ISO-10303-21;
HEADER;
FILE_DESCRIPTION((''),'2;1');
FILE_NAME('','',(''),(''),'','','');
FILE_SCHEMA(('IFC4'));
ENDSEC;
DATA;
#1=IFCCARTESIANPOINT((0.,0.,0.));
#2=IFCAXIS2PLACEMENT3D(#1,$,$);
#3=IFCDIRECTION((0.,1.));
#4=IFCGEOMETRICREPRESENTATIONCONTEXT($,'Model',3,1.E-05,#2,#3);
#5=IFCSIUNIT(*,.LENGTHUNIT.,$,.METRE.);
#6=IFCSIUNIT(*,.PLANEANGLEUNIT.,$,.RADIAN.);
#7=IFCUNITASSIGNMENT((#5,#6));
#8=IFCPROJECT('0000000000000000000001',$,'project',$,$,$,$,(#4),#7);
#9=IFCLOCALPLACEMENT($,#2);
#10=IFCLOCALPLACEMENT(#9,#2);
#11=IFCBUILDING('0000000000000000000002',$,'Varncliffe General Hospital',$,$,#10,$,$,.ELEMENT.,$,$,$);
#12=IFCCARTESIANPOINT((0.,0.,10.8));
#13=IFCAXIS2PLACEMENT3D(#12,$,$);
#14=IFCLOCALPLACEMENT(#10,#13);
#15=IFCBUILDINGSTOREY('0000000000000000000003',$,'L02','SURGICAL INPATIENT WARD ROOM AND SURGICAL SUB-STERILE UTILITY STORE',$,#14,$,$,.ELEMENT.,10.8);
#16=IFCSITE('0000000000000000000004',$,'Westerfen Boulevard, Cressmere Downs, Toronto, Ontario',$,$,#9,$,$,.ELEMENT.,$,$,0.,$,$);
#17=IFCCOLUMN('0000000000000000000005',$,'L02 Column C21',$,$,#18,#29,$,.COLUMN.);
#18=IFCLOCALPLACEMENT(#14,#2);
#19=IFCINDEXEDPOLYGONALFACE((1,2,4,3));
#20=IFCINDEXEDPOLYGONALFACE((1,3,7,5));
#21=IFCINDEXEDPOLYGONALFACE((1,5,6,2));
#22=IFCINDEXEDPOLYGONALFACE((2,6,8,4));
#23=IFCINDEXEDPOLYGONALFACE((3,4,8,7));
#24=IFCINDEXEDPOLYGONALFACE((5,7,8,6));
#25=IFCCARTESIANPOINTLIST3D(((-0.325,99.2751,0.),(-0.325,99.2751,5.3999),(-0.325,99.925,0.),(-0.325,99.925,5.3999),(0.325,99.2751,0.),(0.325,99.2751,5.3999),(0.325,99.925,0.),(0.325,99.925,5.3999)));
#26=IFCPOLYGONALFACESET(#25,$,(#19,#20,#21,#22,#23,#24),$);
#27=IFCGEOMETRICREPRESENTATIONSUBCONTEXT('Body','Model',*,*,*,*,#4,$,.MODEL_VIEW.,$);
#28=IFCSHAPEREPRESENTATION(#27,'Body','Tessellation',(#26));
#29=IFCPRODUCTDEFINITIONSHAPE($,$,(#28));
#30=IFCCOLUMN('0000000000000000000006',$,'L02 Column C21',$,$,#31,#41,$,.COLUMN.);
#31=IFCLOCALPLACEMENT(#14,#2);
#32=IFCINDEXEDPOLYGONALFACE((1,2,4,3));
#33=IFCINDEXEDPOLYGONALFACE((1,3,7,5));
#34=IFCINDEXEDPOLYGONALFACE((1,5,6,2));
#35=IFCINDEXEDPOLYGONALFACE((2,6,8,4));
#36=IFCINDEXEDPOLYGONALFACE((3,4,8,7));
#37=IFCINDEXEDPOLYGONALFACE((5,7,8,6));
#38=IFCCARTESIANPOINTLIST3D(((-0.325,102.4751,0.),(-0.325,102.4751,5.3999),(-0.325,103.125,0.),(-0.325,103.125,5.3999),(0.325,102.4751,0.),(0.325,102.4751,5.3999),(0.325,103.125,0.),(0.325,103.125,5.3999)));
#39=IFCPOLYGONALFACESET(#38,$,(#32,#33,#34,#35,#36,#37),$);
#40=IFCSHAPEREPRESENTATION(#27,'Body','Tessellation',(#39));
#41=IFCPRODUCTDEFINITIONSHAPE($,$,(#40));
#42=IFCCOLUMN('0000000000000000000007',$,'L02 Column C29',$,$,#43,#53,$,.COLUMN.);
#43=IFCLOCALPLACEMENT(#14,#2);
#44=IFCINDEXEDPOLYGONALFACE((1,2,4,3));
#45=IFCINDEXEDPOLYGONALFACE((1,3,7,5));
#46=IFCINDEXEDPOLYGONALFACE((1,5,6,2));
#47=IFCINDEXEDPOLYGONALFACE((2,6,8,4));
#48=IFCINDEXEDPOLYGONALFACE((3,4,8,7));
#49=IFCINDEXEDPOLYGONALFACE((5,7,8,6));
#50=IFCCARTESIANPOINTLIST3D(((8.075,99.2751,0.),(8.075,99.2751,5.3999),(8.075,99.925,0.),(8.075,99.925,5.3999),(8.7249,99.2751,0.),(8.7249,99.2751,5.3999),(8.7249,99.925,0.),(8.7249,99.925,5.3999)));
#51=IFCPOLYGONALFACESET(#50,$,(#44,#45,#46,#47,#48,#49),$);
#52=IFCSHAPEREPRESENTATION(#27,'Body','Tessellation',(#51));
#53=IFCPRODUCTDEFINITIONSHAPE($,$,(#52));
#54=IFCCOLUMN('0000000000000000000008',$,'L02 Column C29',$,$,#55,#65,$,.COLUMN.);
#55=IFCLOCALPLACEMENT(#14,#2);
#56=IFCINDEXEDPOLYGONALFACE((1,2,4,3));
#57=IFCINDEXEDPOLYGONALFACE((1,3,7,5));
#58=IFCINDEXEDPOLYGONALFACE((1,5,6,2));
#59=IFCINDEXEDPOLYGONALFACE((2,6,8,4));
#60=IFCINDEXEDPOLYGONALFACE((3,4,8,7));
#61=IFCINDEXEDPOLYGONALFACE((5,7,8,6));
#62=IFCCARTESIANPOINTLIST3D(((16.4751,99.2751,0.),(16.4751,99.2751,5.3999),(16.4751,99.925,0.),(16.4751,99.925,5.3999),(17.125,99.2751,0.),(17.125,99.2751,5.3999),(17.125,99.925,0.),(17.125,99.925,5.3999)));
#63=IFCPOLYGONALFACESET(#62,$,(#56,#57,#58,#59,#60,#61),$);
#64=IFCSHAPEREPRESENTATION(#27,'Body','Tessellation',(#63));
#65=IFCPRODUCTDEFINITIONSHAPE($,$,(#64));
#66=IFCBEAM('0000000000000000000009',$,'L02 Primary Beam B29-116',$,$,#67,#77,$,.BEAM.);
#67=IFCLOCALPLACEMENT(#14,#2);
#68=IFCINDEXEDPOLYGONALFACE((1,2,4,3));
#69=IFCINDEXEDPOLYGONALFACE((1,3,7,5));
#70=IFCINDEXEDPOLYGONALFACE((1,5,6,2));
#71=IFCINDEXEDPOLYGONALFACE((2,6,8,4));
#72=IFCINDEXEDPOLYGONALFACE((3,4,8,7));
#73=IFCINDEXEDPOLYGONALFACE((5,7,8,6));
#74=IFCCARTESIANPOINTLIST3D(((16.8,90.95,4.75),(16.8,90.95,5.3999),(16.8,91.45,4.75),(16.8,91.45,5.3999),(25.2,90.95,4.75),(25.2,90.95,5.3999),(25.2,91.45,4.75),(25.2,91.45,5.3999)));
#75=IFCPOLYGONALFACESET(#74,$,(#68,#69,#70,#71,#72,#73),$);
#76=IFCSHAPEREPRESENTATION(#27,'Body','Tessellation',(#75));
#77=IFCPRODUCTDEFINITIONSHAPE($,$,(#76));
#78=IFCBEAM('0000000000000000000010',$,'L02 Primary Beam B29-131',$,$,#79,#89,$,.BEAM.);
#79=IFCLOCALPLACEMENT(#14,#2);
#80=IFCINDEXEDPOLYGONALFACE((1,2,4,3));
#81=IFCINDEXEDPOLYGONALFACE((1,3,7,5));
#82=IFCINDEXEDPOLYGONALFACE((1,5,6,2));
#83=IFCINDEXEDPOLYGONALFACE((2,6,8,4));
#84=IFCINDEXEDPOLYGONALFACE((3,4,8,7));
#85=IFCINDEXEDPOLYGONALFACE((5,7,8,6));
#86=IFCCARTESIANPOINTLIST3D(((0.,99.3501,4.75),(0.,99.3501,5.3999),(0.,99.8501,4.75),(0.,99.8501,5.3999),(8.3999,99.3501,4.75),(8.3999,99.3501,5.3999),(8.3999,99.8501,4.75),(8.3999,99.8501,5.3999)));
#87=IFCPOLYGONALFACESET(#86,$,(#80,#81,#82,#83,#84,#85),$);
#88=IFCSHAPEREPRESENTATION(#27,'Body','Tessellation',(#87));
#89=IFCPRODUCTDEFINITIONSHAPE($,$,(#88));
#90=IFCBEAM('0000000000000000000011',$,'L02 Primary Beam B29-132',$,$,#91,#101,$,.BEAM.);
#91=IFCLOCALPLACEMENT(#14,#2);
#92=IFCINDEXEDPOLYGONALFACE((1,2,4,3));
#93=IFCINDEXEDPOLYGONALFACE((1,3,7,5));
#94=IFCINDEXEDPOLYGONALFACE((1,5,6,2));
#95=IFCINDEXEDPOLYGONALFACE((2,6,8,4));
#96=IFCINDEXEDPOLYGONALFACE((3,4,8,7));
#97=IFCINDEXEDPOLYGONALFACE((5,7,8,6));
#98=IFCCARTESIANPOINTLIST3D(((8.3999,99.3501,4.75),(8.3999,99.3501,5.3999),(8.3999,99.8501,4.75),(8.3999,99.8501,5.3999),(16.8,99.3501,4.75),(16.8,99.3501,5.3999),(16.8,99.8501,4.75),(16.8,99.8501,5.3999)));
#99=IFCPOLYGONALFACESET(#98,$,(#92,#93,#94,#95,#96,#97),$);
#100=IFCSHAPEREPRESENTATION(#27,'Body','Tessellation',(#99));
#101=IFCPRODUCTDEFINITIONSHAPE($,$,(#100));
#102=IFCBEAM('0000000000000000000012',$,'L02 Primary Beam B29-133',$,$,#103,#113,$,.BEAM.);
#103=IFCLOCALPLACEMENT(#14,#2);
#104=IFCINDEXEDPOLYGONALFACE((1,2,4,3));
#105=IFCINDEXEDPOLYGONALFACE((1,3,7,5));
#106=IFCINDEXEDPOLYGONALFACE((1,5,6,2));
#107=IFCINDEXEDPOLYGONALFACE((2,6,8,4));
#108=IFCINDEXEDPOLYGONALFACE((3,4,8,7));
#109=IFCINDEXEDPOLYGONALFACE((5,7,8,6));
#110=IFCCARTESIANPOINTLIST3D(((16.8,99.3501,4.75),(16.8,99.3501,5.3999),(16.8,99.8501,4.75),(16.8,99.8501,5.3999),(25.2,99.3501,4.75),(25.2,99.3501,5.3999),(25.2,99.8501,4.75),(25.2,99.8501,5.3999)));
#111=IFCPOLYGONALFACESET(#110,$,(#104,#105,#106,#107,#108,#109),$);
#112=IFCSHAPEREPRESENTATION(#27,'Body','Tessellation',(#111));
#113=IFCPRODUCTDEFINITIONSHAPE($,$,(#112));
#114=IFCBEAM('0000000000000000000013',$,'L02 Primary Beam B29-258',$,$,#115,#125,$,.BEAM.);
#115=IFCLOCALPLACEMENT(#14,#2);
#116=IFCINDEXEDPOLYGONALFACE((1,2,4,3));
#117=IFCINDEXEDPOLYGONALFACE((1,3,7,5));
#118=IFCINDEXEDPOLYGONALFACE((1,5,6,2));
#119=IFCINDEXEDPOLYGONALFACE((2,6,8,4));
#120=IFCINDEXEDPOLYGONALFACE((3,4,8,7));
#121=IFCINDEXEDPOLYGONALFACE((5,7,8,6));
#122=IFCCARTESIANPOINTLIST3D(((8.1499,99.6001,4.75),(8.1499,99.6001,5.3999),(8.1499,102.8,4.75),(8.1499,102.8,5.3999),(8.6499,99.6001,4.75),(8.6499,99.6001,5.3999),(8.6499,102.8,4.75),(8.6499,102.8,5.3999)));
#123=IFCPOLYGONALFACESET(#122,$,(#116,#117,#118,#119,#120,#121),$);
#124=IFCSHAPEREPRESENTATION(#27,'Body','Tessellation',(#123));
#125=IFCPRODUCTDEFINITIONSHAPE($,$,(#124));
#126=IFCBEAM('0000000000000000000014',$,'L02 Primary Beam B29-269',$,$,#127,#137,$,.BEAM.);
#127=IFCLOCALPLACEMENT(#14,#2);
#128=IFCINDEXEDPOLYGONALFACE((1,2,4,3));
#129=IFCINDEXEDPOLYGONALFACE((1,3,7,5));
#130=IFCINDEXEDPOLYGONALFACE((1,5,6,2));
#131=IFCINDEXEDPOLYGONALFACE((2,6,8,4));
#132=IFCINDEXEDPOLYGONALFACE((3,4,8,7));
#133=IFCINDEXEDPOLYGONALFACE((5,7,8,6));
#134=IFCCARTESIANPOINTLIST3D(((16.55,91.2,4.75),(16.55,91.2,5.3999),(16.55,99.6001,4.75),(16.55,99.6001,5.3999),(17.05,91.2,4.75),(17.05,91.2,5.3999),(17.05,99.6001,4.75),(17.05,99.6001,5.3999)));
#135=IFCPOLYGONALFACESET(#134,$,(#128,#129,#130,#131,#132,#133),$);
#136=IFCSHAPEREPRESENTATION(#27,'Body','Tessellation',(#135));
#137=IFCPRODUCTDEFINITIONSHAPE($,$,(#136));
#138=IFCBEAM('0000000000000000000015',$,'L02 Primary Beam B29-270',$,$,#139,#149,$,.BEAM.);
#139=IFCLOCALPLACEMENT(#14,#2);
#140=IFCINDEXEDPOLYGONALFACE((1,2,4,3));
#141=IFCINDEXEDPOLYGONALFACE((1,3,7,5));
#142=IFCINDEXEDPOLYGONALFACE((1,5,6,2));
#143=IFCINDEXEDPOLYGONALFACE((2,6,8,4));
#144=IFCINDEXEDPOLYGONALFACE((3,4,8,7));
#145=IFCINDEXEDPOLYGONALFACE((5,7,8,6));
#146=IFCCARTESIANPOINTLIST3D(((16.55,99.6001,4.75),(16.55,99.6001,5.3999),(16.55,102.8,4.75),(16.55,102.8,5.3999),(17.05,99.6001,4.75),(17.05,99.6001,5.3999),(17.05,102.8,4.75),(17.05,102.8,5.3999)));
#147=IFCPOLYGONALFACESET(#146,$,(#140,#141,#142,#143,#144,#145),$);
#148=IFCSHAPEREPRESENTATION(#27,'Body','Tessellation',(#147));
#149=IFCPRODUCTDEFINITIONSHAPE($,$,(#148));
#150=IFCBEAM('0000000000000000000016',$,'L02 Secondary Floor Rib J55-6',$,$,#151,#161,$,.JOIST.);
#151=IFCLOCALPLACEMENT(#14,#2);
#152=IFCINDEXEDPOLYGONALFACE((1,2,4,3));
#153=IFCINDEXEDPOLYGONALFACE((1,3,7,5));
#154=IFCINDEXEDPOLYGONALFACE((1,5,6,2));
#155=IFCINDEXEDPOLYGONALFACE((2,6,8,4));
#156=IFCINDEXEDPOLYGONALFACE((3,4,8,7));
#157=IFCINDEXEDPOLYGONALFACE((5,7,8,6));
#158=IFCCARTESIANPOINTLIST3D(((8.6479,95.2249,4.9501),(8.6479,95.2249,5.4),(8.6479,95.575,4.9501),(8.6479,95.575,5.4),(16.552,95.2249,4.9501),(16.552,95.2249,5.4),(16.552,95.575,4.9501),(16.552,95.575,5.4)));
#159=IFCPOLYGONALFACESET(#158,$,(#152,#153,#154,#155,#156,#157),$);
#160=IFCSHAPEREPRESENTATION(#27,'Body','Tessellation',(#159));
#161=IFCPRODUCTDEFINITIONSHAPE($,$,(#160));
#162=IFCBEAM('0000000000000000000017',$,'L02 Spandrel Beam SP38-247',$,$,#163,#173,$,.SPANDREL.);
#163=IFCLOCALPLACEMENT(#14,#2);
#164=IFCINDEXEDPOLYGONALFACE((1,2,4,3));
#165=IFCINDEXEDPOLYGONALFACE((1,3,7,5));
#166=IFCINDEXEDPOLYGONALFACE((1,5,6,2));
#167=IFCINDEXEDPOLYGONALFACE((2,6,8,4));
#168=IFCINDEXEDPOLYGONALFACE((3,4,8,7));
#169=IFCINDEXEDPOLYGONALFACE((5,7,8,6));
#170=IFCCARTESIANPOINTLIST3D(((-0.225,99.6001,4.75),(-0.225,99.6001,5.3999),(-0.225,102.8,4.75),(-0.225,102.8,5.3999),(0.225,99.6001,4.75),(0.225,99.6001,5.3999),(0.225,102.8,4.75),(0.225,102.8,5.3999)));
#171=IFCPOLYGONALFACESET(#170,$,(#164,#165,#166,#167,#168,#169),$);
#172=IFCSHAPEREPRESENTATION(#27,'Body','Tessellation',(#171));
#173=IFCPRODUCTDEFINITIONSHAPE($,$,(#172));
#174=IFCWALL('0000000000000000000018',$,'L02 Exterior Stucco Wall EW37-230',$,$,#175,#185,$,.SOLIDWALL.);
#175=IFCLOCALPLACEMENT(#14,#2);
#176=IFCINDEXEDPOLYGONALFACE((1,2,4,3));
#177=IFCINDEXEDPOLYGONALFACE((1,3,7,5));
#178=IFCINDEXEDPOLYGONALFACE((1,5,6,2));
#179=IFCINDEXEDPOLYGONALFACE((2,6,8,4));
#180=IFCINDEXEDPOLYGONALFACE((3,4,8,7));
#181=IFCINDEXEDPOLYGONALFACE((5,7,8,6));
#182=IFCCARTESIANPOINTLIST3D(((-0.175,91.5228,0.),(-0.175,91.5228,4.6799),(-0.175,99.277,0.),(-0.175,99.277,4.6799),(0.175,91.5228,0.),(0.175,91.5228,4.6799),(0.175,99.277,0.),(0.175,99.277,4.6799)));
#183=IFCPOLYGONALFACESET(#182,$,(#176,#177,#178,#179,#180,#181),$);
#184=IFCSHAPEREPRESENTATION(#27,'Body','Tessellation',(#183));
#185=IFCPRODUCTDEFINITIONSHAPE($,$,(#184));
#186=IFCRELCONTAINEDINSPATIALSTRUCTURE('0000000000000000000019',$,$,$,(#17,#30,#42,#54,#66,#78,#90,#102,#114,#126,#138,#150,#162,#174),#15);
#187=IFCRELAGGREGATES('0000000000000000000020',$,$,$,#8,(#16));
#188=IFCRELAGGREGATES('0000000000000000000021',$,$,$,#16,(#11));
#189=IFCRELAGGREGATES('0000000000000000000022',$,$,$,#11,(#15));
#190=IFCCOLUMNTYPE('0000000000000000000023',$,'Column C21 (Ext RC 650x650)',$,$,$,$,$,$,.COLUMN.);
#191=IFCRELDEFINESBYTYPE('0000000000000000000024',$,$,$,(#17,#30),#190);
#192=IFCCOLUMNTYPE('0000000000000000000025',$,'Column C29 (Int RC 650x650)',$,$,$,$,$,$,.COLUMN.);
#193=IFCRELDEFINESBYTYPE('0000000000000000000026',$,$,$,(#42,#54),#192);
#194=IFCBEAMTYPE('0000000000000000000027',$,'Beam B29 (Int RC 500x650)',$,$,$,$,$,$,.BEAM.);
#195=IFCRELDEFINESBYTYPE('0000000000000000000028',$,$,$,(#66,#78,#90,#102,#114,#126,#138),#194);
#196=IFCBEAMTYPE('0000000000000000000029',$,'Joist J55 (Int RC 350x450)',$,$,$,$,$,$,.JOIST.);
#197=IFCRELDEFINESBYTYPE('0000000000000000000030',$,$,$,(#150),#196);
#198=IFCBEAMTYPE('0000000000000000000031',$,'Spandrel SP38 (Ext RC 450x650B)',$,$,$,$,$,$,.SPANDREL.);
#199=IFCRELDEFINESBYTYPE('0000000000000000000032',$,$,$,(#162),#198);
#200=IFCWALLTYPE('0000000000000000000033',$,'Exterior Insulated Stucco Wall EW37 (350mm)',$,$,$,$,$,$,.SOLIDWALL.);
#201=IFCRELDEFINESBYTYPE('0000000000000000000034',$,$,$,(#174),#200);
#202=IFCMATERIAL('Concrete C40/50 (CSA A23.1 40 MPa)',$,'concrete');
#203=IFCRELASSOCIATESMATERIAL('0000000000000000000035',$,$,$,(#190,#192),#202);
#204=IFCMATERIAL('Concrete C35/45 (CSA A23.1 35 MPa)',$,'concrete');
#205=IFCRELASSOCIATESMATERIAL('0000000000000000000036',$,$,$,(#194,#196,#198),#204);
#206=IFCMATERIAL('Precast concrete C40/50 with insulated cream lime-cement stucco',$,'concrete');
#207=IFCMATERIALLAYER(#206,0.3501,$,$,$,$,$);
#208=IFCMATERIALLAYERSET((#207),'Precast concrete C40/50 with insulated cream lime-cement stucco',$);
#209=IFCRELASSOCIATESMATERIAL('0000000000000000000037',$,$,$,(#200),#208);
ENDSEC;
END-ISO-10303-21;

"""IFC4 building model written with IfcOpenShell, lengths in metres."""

from ifc_helpers import new_model, si_unit, direction, frame, frame_2d, origin, origin_2d, place, context, subcontext, project, spatial, rectangle, extrude, material, layer, layer_set, material_profile, profile_set, type_object, element, save


model = new_model("IFC4")

# Units and contexts
model_context = context("Model", 3, precision=1e-05, world=origin(), true_north=direction((0.0, 1.0)))
body_context = subcontext(model_context, "Body", "Model", "MODEL_VIEW")
ifc_project = project(units=[si_unit("LENGTHUNIT", "METRE"), si_unit("PLANEANGLEUNIT", "RADIAN")], contexts=[model_context])

# Site, building, storey
site_placement = place(None, origin())
site = spatial("IfcSite", under=ifc_project, at=site_placement, Name="Westerfen Boulevard, Cressmere Downs, Toronto, Ontario", CompositionType="ELEMENT", RefElevation=0.0)
building_placement = place(site_placement, origin())
building = spatial("IfcBuilding", under=site, at=building_placement, Name="Varncliffe General Hospital", CompositionType="ELEMENT")
storey_placement = place(building_placement, frame((0.0, 0.0, 10.8)))
storey = spatial("IfcBuildingStorey", under=building, at=storey_placement, Name="L02", Description="SURGICAL INPATIENT WARD ROOM AND SURGICAL SUB-STERILE UTILITY STORE", CompositionType="ELEMENT", Elevation=10.8)

# Columns
ifc_material_1 = material(Name="Concrete C40/50 (CSA A23.1 40 MPa)", Category="concrete")
ifc_material_profile_1 = material_profile(ifc_material_1, rectangle(XDim=0.6499, YDim=0.6499, at=origin_2d()), Name="RC 650x650")
ifc_profile_set_1 = profile_set([ifc_material_profile_1], Name="Concrete C40/50 (CSA A23.1 40 MPa)")
column_type_1 = type_object("IfcColumnType", Name="Column C21 (Ext RC 650x650)", PredefinedType="COLUMN", material=ifc_profile_set_1)
for number, where, z_axis, x_axis, name in (
    (1, (0.0, 99.6001, 0.0), (0.0, 0.0, 1.0), (1.0, 0.0, 0.0), "L02 Column C21"),
    (2, (0.0, 102.8, 0.0), (0.0, 0.0, 1.0), (1.0, 0.0, 0.0), "L02 Column C21"),
):
    element("IfcColumn", number, at=place(storey_placement, frame(where, z_axis=z_axis, x_axis=x_axis)), inside=storey, type_object=column_type_1, Name=name, PredefinedType="COLUMN", context=body_context, shape_type="SweptSolid", body=[
        extrude(rectangle(XDim=0.6499, YDim=0.6499, at=origin_2d()), origin(), (0.0, 0.0, 1.0), 5.3999),
    ])
ifc_material_profile_2 = material_profile(ifc_material_1, rectangle(XDim=0.6499, YDim=0.6499, at=origin_2d()), Name="RC 650x650")
ifc_profile_set_2 = profile_set([ifc_material_profile_2], Name="Concrete C40/50 (CSA A23.1 40 MPa)")
column_type_2 = type_object("IfcColumnType", Name="Column C29 (Int RC 650x650)", PredefinedType="COLUMN", material=ifc_profile_set_2)
for number, where, z_axis, x_axis, name in (
    (3, (8.3999, 99.6001, 0.0), (0.0, 0.0, 1.0), (1.0, 0.0, 0.0), "L02 Column C29"),
    (4, (16.8, 99.6001, 0.0), (0.0, 0.0, 1.0), (1.0, 0.0, 0.0), "L02 Column C29"),
):
    element("IfcColumn", number, at=place(storey_placement, frame(where, z_axis=z_axis, x_axis=x_axis)), inside=storey, type_object=column_type_2, Name=name, PredefinedType="COLUMN", context=body_context, shape_type="SweptSolid", body=[
        extrude(rectangle(XDim=0.6499, YDim=0.6499, at=origin_2d()), origin(), (0.0, 0.0, 1.0), 5.3999),
    ])

# Beams
ifc_material_2 = material(Name="Concrete C35/45 (CSA A23.1 35 MPa)", Category="concrete")
ifc_material_profile_3 = material_profile(ifc_material_2, rectangle(XDim=0.5, YDim=0.6499, at=origin_2d()), Name="RC 500x650")
ifc_profile_set_3 = profile_set([ifc_material_profile_3], Name="Concrete C35/45 (CSA A23.1 35 MPa)")
beam_type_1 = type_object("IfcBeamType", Name="Beam B29 (Int RC 500x650)", PredefinedType="BEAM", material=ifc_profile_set_3)
for number, where, z_axis, x_axis, name in (
    (5, (16.8, 91.2, 5.075), (1.0, 0.0, 0.0), (0.0, 1.0, 0.0), "L02 Primary Beam B29-116"),
    (6, (0.0, 99.6001, 5.075), (1.0, 0.0, 0.0), (0.0, 1.0, 0.0), "L02 Primary Beam B29-131"),
):
    element("IfcBeam", number, at=place(storey_placement, frame(where, z_axis=z_axis, x_axis=x_axis)), inside=storey, type_object=beam_type_1, Name=name, PredefinedType="BEAM", context=body_context, shape_type="SweptSolid", body=[
        extrude(rectangle(XDim=0.5, YDim=0.6499, at=origin_2d()), origin(), (0.0, 0.0, 1.0), 8.3999),
    ])
beam_1_placement = place(storey_placement, frame((8.3999, 99.6001, 5.075), z_axis=(1.0, 0.0, 0.0), x_axis=(0.0, 1.0, 0.0)))
element("IfcBeam", 7, at=beam_1_placement, inside=storey, type_object=beam_type_1, Name="L02 Primary Beam B29-132", PredefinedType="BEAM", context=body_context, shape_type="SweptSolid", body=[
    extrude(rectangle(XDim=0.5, YDim=0.6499, at=origin_2d()), origin(), (0.0, 0.0, 1.0), 8.4001),
])
beam_2_placement = place(storey_placement, frame((16.8, 99.6001, 5.075), z_axis=(1.0, 0.0, 0.0), x_axis=(0.0, 1.0, 0.0)))
element("IfcBeam", 8, at=beam_2_placement, inside=storey, type_object=beam_type_1, Name="L02 Primary Beam B29-133", PredefinedType="BEAM", context=body_context, shape_type="SweptSolid", body=[
    extrude(rectangle(XDim=0.5, YDim=0.6499, at=origin_2d()), origin(), (0.0, 0.0, 1.0), 8.3999),
])
beam_3_placement = place(storey_placement, frame((8.3999, 99.6001, 5.075), z_axis=(0.0, 1.0, 0.0), x_axis=(-1.0, 0.0, 0.0)))
element("IfcBeam", 9, at=beam_3_placement, inside=storey, type_object=beam_type_1, Name="L02 Primary Beam B29-258", PredefinedType="BEAM", context=body_context, shape_type="SweptSolid", body=[
    extrude(rectangle(XDim=0.5, YDim=0.6499, at=origin_2d()), origin(), (0.0, 0.0, 1.0), 3.2),
])
beam_4_placement = place(storey_placement, frame((16.8, 91.2, 5.075), z_axis=(0.0, 1.0, 0.0), x_axis=(-1.0, 0.0, 0.0)))
element("IfcBeam", 10, at=beam_4_placement, inside=storey, type_object=beam_type_1, Name="L02 Primary Beam B29-269", PredefinedType="BEAM", context=body_context, shape_type="SweptSolid", body=[
    extrude(rectangle(XDim=0.5, YDim=0.6499, at=origin_2d()), origin(), (0.0, 0.0, 1.0), 8.4001),
])
beam_5_placement = place(storey_placement, frame((16.8, 99.6001, 5.075), z_axis=(0.0, 1.0, 0.0), x_axis=(-1.0, 0.0, 0.0)))
element("IfcBeam", 11, at=beam_5_placement, inside=storey, type_object=beam_type_1, Name="L02 Primary Beam B29-270", PredefinedType="BEAM", context=body_context, shape_type="SweptSolid", body=[
    extrude(rectangle(XDim=0.5, YDim=0.6499, at=origin_2d()), origin(), (0.0, 0.0, 1.0), 3.2),
])
ifc_material_profile_4 = material_profile(ifc_material_2, rectangle(XDim=0.3501, YDim=0.45, at=origin_2d()), Name="RC 350x450")
ifc_profile_set_4 = profile_set([ifc_material_profile_4], Name="Concrete C35/45 (CSA A23.1 35 MPa)")
beam_type_2 = type_object("IfcBeamType", Name="Joist J55 (Int RC 350x450)", PredefinedType="JOIST", material=ifc_profile_set_4)
beam_6_placement = place(storey_placement, frame((8.6479, 95.3999, 5.175), z_axis=(1.0, 0.0, 0.0), x_axis=(0.0, 1.0, 0.0)))
element("IfcBeam", 12, at=beam_6_placement, inside=storey, type_object=beam_type_2, Name="L02 Secondary Floor Rib J55-6", PredefinedType="JOIST", context=body_context, shape_type="SweptSolid", body=[
    extrude(rectangle(XDim=0.3501, YDim=0.45, at=origin_2d()), origin(), (0.0, 0.0, 1.0), 7.9041),
])
ifc_material_profile_5 = material_profile(ifc_material_2, rectangle(XDim=0.45, YDim=0.6499, at=origin_2d()), Name="RC 450x650")
ifc_profile_set_5 = profile_set([ifc_material_profile_5], Name="Concrete C35/45 (CSA A23.1 35 MPa)")
beam_type_3 = type_object("IfcBeamType", Name="Spandrel SP38 (Ext RC 450x650B)", PredefinedType="SPANDREL", material=ifc_profile_set_5)
beam_7_placement = place(storey_placement, frame((0.0, 99.6001, 5.075), z_axis=(0.0, 1.0, 0.0), x_axis=(-1.0, 0.0, 0.0)))
element("IfcBeam", 13, at=beam_7_placement, inside=storey, type_object=beam_type_3, Name="L02 Spandrel Beam SP38-247", PredefinedType="SPANDREL", context=body_context, shape_type="SweptSolid", body=[
    extrude(rectangle(XDim=0.45, YDim=0.6499, at=origin_2d()), origin(), (0.0, 0.0, 1.0), 3.2),
])

# Wall
ifc_material_3 = material(Name="Precast concrete C40/50 with insulated cream lime-cement stucco", Category="concrete")
ifc_layer_1 = layer(ifc_material_3, 0.3501)
ifc_layer_set_1 = layer_set([ifc_layer_1], Name="Precast concrete C40/50 with insulated cream lime-cement stucco")
wall_type_1 = type_object("IfcWallType", Name="Exterior Insulated Stucco Wall EW37 (350mm)", PredefinedType="SOLIDWALL", material=ifc_layer_set_1)
wall_1_placement = place(storey_placement, frame((0.0, 91.5229, 0.0), z_axis=(0.0, 0.0, 1.0), x_axis=(0.0, 1.0, 0.0)))
element("IfcWall", 14, at=wall_1_placement, inside=storey, type_object=wall_type_1, Name="L02 Exterior Stucco Wall EW37-230", PredefinedType="SOLIDWALL", context=body_context, shape_type="SweptSolid", body=[
    extrude(rectangle(XDim=7.7542, YDim=0.3501, at=frame_2d((3.877, 0.0))), origin(), (0.0, 0.0, 1.0), 4.6799),
])

save(model, "model.ifc")
